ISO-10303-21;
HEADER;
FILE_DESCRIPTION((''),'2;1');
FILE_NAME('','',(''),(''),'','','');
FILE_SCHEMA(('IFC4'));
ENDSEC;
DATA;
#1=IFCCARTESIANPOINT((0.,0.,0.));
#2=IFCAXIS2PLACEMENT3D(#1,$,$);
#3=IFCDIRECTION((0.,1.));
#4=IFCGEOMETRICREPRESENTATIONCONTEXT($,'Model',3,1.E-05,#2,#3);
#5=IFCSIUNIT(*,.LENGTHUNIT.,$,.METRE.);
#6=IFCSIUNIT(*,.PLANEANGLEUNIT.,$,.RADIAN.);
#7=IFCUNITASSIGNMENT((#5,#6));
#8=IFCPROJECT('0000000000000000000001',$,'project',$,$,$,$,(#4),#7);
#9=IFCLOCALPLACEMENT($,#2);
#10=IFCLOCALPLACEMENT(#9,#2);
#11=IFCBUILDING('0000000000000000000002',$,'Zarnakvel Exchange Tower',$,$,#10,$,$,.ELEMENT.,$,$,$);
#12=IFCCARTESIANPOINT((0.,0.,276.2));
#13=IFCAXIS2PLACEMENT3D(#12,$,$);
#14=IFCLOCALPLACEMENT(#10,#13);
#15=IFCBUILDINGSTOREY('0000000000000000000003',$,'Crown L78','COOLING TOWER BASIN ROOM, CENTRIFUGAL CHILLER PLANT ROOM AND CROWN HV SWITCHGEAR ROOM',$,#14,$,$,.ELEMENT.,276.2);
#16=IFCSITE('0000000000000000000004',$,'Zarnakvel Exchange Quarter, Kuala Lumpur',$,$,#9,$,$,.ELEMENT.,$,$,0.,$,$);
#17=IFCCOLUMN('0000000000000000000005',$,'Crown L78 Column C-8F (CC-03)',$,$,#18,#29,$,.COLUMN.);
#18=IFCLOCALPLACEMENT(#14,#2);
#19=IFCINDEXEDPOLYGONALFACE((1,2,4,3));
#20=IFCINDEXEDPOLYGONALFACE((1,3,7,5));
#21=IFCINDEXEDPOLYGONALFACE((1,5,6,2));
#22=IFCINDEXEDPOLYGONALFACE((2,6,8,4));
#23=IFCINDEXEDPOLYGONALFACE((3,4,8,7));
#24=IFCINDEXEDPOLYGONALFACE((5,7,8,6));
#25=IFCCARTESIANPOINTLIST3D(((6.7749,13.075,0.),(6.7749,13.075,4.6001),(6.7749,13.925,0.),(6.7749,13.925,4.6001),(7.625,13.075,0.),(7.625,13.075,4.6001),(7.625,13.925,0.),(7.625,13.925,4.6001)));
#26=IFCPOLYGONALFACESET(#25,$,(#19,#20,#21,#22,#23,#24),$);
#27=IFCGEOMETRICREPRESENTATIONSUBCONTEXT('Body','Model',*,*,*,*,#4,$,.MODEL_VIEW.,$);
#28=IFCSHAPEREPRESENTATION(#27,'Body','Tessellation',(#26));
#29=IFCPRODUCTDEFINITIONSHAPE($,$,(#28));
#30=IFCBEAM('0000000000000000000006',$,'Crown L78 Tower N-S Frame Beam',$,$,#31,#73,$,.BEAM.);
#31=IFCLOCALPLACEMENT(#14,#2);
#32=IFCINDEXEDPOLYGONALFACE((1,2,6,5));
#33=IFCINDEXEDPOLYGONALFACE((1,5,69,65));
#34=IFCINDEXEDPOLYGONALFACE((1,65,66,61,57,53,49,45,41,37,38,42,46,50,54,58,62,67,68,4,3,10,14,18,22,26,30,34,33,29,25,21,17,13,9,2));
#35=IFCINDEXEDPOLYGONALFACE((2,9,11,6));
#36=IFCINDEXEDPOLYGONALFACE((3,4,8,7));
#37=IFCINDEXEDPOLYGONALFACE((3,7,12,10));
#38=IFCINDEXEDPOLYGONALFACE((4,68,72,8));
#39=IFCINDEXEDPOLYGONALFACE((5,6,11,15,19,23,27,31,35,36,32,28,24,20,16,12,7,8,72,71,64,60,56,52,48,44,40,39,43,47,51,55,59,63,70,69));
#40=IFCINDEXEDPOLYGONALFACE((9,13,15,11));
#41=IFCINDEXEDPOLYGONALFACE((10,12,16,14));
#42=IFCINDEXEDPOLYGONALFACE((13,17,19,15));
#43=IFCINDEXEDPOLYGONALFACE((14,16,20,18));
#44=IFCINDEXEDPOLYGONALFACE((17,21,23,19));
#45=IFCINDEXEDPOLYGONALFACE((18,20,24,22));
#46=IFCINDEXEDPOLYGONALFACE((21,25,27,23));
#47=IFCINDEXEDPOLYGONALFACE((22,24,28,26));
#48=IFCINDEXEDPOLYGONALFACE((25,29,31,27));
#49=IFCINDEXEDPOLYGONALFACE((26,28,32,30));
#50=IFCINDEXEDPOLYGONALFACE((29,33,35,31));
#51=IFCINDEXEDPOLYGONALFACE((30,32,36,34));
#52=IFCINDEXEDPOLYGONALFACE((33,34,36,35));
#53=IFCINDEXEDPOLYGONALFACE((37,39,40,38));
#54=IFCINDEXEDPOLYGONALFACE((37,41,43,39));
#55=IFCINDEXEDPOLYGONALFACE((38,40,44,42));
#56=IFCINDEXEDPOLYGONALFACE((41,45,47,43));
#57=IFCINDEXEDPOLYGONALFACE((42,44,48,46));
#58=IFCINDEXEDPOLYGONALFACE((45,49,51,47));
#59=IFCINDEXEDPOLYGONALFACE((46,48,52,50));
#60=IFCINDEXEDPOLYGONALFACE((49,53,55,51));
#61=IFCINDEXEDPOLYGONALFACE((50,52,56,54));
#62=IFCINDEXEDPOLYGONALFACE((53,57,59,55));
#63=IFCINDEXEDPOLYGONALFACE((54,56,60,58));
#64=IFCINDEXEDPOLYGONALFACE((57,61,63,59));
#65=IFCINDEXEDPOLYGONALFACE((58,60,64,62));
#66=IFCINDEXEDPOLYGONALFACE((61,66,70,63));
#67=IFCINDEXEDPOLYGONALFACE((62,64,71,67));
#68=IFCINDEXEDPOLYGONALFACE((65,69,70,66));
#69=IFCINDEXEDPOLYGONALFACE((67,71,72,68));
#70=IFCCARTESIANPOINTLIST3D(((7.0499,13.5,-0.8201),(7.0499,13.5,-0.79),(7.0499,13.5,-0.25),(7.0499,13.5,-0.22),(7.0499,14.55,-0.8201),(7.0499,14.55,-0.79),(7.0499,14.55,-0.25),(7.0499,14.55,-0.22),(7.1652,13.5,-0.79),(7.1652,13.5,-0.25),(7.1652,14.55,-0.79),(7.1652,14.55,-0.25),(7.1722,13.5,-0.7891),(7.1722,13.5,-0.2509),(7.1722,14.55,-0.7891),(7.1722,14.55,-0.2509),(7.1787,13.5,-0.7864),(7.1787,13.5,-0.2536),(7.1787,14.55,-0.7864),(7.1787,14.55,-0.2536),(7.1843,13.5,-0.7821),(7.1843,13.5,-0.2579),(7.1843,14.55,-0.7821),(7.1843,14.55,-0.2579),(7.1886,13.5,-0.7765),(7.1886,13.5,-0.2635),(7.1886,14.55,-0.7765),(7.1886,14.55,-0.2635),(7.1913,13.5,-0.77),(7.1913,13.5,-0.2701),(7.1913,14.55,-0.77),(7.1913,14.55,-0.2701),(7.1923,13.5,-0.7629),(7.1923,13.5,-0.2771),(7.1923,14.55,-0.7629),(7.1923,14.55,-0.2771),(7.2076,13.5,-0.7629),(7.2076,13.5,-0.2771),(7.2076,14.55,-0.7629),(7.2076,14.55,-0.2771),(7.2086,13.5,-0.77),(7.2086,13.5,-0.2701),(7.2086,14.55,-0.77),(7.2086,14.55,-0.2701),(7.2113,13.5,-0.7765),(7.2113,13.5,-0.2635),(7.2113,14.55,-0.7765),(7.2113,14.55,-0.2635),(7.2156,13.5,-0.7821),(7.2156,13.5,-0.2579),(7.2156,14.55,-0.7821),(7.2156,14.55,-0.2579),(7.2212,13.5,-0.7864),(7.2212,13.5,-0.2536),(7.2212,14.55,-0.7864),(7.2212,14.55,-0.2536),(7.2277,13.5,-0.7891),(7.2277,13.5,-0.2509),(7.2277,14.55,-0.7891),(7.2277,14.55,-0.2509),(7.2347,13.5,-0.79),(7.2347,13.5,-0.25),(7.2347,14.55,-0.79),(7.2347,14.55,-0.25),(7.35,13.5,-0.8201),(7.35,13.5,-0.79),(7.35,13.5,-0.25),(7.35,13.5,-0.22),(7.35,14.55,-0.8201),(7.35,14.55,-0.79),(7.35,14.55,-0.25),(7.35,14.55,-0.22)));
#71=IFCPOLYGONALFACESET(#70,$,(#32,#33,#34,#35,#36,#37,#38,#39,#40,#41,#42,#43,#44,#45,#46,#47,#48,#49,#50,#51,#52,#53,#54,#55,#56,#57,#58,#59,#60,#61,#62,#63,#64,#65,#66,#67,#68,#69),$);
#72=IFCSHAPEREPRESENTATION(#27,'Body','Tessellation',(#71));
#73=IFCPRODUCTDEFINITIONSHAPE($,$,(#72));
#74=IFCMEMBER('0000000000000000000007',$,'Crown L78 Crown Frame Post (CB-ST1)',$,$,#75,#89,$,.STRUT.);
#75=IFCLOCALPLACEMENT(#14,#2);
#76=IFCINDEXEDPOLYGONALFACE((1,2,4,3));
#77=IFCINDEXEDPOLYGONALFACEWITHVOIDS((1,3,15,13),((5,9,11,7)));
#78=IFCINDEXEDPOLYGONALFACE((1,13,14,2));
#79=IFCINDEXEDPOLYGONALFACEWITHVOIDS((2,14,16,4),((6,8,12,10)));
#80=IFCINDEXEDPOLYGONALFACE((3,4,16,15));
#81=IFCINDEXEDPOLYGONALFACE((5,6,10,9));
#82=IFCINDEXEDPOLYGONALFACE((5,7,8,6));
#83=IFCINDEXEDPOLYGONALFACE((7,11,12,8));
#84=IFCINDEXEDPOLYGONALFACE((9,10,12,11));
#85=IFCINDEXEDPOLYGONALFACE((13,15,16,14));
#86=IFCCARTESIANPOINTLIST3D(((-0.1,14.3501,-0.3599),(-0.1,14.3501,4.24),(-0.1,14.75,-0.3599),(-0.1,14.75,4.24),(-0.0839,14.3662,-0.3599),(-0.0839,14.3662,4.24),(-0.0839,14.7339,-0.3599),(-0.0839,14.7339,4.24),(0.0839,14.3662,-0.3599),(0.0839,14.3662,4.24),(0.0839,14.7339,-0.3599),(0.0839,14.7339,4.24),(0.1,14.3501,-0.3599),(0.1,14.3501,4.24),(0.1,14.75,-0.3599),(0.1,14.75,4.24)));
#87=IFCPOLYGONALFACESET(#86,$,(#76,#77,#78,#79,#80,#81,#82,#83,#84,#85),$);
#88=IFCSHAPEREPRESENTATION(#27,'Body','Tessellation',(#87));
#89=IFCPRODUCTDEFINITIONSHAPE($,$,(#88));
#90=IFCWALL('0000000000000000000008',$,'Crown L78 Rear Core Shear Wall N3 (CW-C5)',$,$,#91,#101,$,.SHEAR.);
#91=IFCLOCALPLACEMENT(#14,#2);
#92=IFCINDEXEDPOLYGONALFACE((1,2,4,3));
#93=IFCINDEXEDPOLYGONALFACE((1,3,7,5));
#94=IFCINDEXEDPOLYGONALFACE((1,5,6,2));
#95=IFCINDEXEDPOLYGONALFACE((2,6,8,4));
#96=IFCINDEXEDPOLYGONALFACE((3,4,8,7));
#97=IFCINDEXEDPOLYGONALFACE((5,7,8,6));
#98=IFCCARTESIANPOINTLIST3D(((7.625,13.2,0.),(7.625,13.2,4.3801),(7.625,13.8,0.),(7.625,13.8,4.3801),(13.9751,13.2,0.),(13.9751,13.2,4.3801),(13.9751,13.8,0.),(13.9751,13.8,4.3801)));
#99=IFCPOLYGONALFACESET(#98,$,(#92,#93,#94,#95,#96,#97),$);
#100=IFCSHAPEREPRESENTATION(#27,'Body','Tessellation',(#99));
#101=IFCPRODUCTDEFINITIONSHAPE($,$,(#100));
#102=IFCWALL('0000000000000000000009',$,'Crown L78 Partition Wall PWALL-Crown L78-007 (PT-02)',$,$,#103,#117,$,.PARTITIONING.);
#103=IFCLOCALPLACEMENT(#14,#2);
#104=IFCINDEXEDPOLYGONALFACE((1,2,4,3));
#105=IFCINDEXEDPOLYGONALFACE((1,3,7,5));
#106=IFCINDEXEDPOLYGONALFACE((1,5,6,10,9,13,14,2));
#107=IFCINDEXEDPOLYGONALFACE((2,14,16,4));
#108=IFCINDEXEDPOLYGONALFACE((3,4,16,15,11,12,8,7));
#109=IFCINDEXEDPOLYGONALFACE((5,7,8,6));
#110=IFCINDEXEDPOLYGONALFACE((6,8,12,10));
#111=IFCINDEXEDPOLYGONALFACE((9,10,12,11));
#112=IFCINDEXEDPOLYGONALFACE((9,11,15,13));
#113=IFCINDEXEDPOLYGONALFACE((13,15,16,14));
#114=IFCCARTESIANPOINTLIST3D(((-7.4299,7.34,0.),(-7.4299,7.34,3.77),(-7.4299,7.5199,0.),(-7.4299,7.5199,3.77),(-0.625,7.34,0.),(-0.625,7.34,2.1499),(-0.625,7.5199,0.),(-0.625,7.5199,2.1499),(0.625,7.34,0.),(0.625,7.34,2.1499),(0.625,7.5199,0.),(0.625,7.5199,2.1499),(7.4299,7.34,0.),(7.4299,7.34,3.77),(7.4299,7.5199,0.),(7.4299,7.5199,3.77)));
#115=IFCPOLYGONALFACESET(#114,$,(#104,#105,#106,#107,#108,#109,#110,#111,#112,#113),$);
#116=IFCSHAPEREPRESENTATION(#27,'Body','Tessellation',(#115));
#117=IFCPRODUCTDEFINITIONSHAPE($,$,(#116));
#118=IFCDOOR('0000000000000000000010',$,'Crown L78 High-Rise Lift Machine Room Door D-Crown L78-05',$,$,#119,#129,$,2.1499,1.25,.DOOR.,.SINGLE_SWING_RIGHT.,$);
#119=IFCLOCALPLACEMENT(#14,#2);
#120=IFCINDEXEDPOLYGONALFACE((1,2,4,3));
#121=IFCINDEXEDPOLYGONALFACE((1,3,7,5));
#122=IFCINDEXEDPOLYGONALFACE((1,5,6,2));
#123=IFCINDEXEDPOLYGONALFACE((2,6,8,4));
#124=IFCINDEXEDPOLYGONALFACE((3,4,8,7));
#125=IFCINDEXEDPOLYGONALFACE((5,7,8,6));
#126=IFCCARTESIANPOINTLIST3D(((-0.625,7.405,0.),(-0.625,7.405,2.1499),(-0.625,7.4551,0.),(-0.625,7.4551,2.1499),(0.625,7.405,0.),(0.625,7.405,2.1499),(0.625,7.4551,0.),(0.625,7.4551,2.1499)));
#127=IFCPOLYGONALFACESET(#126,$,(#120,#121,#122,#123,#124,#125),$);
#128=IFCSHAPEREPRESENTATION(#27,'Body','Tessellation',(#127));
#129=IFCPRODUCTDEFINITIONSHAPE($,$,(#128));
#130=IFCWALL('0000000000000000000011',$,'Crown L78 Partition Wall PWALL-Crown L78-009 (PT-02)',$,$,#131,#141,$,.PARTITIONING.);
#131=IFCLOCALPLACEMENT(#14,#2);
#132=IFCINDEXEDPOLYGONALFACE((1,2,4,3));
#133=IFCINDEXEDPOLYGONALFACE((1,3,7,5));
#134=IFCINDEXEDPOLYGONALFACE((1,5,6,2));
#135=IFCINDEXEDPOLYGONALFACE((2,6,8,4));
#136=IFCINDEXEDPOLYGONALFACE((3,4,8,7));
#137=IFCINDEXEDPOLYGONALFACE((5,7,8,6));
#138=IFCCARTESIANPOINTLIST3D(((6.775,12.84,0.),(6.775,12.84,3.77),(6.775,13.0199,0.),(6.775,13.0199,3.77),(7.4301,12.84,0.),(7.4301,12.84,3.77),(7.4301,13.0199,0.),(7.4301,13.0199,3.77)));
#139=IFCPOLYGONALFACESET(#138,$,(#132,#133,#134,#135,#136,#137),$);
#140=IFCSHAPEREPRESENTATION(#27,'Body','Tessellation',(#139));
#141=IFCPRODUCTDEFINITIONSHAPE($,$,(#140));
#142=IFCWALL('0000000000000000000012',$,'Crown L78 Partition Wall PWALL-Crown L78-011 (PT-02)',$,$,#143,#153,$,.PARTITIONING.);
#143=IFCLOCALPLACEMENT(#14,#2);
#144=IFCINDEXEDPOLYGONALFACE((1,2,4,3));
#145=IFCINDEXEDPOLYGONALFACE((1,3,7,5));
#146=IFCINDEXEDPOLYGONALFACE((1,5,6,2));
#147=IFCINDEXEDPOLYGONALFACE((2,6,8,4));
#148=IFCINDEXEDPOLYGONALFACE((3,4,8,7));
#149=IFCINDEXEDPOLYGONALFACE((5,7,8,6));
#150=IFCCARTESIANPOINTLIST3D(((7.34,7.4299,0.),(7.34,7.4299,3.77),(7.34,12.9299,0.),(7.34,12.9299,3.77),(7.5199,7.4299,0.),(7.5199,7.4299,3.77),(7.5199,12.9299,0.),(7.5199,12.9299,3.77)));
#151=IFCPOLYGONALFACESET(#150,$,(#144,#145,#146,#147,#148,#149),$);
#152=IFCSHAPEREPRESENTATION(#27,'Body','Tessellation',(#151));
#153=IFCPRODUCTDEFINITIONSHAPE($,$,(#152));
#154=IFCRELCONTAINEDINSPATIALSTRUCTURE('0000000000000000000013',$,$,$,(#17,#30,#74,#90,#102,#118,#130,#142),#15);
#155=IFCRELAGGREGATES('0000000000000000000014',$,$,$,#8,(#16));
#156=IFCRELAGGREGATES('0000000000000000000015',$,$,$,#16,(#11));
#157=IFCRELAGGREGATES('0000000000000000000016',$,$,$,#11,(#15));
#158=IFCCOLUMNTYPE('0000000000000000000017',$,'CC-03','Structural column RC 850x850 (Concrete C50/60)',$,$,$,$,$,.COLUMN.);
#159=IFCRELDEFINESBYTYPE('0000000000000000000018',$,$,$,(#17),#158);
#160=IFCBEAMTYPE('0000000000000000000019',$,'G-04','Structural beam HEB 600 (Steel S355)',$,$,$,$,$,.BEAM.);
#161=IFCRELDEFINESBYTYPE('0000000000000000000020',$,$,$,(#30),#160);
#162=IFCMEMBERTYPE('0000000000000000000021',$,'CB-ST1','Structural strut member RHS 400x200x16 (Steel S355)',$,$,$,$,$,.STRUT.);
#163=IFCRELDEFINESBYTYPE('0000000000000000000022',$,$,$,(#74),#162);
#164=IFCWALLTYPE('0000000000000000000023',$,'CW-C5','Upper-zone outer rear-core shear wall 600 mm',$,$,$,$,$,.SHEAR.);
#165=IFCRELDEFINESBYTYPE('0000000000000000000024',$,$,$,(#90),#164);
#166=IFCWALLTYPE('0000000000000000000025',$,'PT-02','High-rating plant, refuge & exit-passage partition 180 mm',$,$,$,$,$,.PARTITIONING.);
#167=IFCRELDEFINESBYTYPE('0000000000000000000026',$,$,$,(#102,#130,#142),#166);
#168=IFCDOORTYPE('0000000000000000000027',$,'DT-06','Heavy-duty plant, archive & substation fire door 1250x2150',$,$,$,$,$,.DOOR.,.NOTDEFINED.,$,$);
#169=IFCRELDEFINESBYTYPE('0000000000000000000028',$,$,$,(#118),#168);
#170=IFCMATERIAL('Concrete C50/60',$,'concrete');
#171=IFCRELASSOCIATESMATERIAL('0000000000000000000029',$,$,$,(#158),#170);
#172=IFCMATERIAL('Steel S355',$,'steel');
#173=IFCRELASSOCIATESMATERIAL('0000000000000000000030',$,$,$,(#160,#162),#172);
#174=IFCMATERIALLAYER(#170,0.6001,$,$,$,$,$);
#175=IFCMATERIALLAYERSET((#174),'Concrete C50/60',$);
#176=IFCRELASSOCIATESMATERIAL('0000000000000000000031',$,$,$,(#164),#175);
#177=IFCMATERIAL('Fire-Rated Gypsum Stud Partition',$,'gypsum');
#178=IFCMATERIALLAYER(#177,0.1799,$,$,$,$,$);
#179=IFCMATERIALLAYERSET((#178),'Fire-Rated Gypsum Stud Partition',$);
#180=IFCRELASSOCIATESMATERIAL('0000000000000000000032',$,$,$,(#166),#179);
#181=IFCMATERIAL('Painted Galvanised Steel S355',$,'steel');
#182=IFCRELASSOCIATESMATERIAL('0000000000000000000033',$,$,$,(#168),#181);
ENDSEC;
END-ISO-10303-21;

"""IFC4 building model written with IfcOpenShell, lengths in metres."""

from ifc_helpers import new_model, si_unit, direction, frame, frame_2d, origin, origin_2d, place, context, subcontext, project, spatial, rectangle, hollow_rectangle, i_section, extrude, source, transform, mapped, material, layer, layer_set, material_profile, profile_set, type_object, element, fill, save


model = new_model("IFC4")

# Units and contexts
model_context = context("Model", 3, precision=1e-05, world=origin(), true_north=direction((0.0, 1.0)))
body_context = subcontext(model_context, "Body", "Model", "MODEL_VIEW")
ifc_project = project(units=[si_unit("LENGTHUNIT", "METRE"), si_unit("PLANEANGLEUNIT", "RADIAN")], contexts=[model_context])

# Site, building, storey
site_placement = place(None, origin())
site = spatial("IfcSite", under=ifc_project, at=site_placement, Name="Zarnakvel Exchange Quarter, Kuala Lumpur", CompositionType="ELEMENT", RefElevation=0.0)
building_placement = place(site_placement, origin())
building = spatial("IfcBuilding", under=site, at=building_placement, Name="Zarnakvel Exchange Tower", CompositionType="ELEMENT")
storey_placement = place(building_placement, frame((0.0, 0.0, 276.2)))
storey = spatial("IfcBuildingStorey", under=building, at=storey_placement, Name="Crown L78", Description="COOLING TOWER BASIN ROOM, CENTRIFUGAL CHILLER PLANT ROOM AND CROWN HV SWITCHGEAR ROOM", CompositionType="ELEMENT", Elevation=276.2)

# Column
ifc_material_1 = material(Name="Concrete C50/60", Category="concrete")
ifc_material_profile_1 = material_profile(ifc_material_1, rectangle(XDim=0.8501, YDim=0.8501, at=origin_2d()))
ifc_profile_set_1 = profile_set([ifc_material_profile_1], Name="Concrete C50/60")
column_type = type_object("IfcColumnType", Name="CC-03", Description="Structural column RC 850x850 (Concrete C50/60)", PredefinedType="COLUMN", material=ifc_profile_set_1)
column_placement = place(storey_placement, frame((7.2, 13.5, 0.0), z_axis=(0.0, 0.0, 1.0), x_axis=(1.0, 0.0, 0.0)))
element("IfcColumn", 1, at=column_placement, inside=storey, type_object=column_type, Name="Crown L78 Column C-8F (CC-03)", PredefinedType="COLUMN", context=body_context, shape_type="SweptSolid", body=[
    extrude(rectangle(XDim=0.8501, YDim=0.8501, at=origin_2d()), origin(), (0.0, 0.0, 1.0), 4.6001),
])

# Beam
ifc_material_2 = material(Name="Steel S355", Category="steel")
ifc_material_profile_2 = material_profile(ifc_material_2, i_section(OverallWidth=0.3, OverallDepth=0.6001, WebThickness=0.0154, FlangeThickness=0.03, FilletRadius=0.0271, at=origin_2d()))
ifc_profile_set_2 = profile_set([ifc_material_profile_2], Name="Steel S355")
beam_type = type_object("IfcBeamType", Name="G-04", Description="Structural beam HEB 600 (Steel S355)", PredefinedType="BEAM", material=ifc_profile_set_2)
beam_placement = place(storey_placement, frame((7.2, 13.5, -0.52), z_axis=(0.0, 1.0, 0.0), x_axis=(-1.0, 0.0, 0.0)))
element("IfcBeam", 2, at=beam_placement, inside=storey, type_object=beam_type, Name="Crown L78 Tower N-S Frame Beam", PredefinedType="BEAM", context=body_context, shape_type="SweptSolid", body=[
    extrude(i_section(OverallWidth=0.3, OverallDepth=0.6001, WebThickness=0.0154, FlangeThickness=0.03, FilletRadius=0.0271, at=origin_2d()), origin(), (0.0, 0.0, 1.0), 1.05),
])

# Member
ifc_material_profile_3 = material_profile(ifc_material_2, hollow_rectangle(XDim=0.2, YDim=0.3999, WallThickness=0.0161, at=origin_2d()))
ifc_profile_set_3 = profile_set([ifc_material_profile_3], Name="Steel S355")
member_type = type_object("IfcMemberType", Name="CB-ST1", Description="Structural strut member RHS 400x200x16 (Steel S355)", PredefinedType="STRUT", material=ifc_profile_set_3)
shared_shape_1 = source(origin(), body_context, "Body", "SweptSolid", [
    extrude(hollow_rectangle(XDim=0.2, YDim=0.3999, WallThickness=0.0161, at=origin_2d()), origin(), (0.0, 0.0, 1.0), 4.5999),
])
member_placement = place(storey_placement, frame((0.0, 14.55, -0.3599), z_axis=(0.0, 0.0, 1.0), x_axis=(1.0, 0.0, 0.0)))
element("IfcMember", 3, at=member_placement, inside=storey, type_object=member_type, Name="Crown L78 Crown Frame Post (CB-ST1)", PredefinedType="STRUT", context=body_context, shape_type="MappedRepresentation", body=[
    mapped(shared_shape_1, transform((0.0, 0.0, 0.0), x_axis=(1.0, 0.0, 0.0), y_axis=(0.0, 1.0, 0.0), z_axis=(0.0, 0.0, 1.0), scale=1.0)),
])

# Wall
ifc_layer_1 = layer(ifc_material_1, 0.6001)
ifc_layer_set_1 = layer_set([ifc_layer_1], Name="Concrete C50/60")
wall_type_1 = type_object("IfcWallType", Name="CW-C5", Description="Upper-zone outer rear-core shear wall 600 mm", PredefinedType="SHEAR", material=ifc_layer_set_1)
wall_1_placement = place(storey_placement, frame((7.625, 13.5, 0.0), z_axis=(0.0, 0.0, 1.0), x_axis=(1.0, 0.0, 0.0)))
element("IfcWall", 4, at=wall_1_placement, inside=storey, type_object=wall_type_1, Name="Crown L78 Rear Core Shear Wall N3 (CW-C5)", PredefinedType="SHEAR", context=body_context, shape_type="SweptSolid", body=[
    extrude(rectangle(XDim=6.3501, YDim=0.6001, at=frame_2d((3.175, 0.0))), origin(), (0.0, 0.0, 1.0), 4.3801),
])

# Wall, opening, door
ifc_material_3 = material(Name="Fire-Rated Gypsum Stud Partition", Category="gypsum")
ifc_layer_2 = layer(ifc_material_3, 0.1799)
ifc_layer_set_2 = layer_set([ifc_layer_2], Name="Fire-Rated Gypsum Stud Partition")
wall_type_2 = type_object("IfcWallType", Name="PT-02", Description="High-rating plant, refuge & exit-passage partition 180 mm", PredefinedType="PARTITIONING", material=ifc_layer_set_2)
wall_2_placement = place(storey_placement, frame((7.4299, 7.4299, 0.0), z_axis=(0.0, 0.0, 1.0), x_axis=(-1.0, 0.0, 0.0)))
wall_2 = element("IfcWall", 5, at=wall_2_placement, inside=storey, type_object=wall_type_2, Name="Crown L78 Partition Wall PWALL-Crown L78-007 (PT-02)", PredefinedType="PARTITIONING", context=body_context, shape_type="SweptSolid", body=[
    extrude(rectangle(XDim=14.8599, YDim=0.1799, at=frame_2d((7.4299, 0.0))), origin(), (0.0, 0.0, 1.0), 3.77),
])
opening_1_placement = place(wall_2_placement, frame((6.8049, 0.0, 0.0)))
opening_1 = element("IfcOpeningElement", 6, at=opening_1_placement, cuts=wall_2, PredefinedType="OPENING", context=body_context, shape_type="SweptSolid", body=[
    extrude(rectangle(XDim=1.25, YDim=2.1499, at=frame_2d((0.625, 1.075))), frame((0.0, 0.0999, 0.0), z_axis=(0.0, -1.0, 0.0), x_axis=(1.0, 0.0, 0.0)), (0.0, 0.0, 1.0), 0.2),
])
ifc_material_4 = material(Name="Painted Galvanised Steel S355", Category="steel")
door_type_1 = type_object("IfcDoorType", Name="DT-06", Description="Heavy-duty plant, archive & substation fire door 1250x2150", OperationType="NOTDEFINED", PredefinedType="DOOR", material=ifc_material_4)
shared_shape_2 = source(origin(), body_context, "Body", "SweptSolid", [
    extrude(rectangle(XDim=1.25, YDim=2.1499, at=frame_2d((0.625, 1.075))), frame((0.0, 0.0249, 0.0), z_axis=(0.0, -1.0, 0.0), x_axis=(1.0, 0.0, 0.0)), (0.0, 0.0, 1.0), 0.05),
])
door_1_placement = place(opening_1_placement, origin())
door_1 = element("IfcDoor", 7, at=door_1_placement, inside=storey, type_object=door_type_1, Name="Crown L78 High-Rise Lift Machine Room Door D-Crown L78-05", OperationType="SINGLE_SWING_RIGHT", OverallHeight=2.1499, OverallWidth=1.25, PredefinedType="DOOR", context=body_context, shape_type="MappedRepresentation", body=[
    mapped(shared_shape_2, transform((0.0, 0.0, 0.0), x_axis=(1.0, 0.0, 0.0), y_axis=(0.0, 1.0, 0.0), z_axis=(0.0, 0.0, 1.0), scale=1.0)),
])
fill(opening_1, door_1)

# Walls
wall_3_placement = place(storey_placement, frame((6.7749, 12.9299, 0.0), z_axis=(0.0, 0.0, 1.0), x_axis=(1.0, 0.0, 0.0)))
element("IfcWall", 8, at=wall_3_placement, inside=storey, type_object=wall_type_2, Name="Crown L78 Partition Wall PWALL-Crown L78-009 (PT-02)", PredefinedType="PARTITIONING", context=body_context, shape_type="SweptSolid", body=[
    extrude(rectangle(XDim=0.655, YDim=0.1799, at=frame_2d((0.3276, 0.0))), origin(), (0.0, 0.0, 1.0), 3.77),
])
wall_4_placement = place(storey_placement, frame((7.4299, 12.9299, 0.0), z_axis=(0.0, 0.0, 1.0), x_axis=(0.0, -1.0, 0.0)))
element("IfcWall", 9, at=wall_4_placement, inside=storey, type_object=wall_type_2, Name="Crown L78 Partition Wall PWALL-Crown L78-011 (PT-02)", PredefinedType="PARTITIONING", context=body_context, shape_type="SweptSolid", body=[
    extrude(rectangle(XDim=5.5, YDim=0.1799, at=frame_2d((2.75, 0.0))), origin(), (0.0, 0.0, 1.0), 3.77),
])

save(model, "model.ifc")
